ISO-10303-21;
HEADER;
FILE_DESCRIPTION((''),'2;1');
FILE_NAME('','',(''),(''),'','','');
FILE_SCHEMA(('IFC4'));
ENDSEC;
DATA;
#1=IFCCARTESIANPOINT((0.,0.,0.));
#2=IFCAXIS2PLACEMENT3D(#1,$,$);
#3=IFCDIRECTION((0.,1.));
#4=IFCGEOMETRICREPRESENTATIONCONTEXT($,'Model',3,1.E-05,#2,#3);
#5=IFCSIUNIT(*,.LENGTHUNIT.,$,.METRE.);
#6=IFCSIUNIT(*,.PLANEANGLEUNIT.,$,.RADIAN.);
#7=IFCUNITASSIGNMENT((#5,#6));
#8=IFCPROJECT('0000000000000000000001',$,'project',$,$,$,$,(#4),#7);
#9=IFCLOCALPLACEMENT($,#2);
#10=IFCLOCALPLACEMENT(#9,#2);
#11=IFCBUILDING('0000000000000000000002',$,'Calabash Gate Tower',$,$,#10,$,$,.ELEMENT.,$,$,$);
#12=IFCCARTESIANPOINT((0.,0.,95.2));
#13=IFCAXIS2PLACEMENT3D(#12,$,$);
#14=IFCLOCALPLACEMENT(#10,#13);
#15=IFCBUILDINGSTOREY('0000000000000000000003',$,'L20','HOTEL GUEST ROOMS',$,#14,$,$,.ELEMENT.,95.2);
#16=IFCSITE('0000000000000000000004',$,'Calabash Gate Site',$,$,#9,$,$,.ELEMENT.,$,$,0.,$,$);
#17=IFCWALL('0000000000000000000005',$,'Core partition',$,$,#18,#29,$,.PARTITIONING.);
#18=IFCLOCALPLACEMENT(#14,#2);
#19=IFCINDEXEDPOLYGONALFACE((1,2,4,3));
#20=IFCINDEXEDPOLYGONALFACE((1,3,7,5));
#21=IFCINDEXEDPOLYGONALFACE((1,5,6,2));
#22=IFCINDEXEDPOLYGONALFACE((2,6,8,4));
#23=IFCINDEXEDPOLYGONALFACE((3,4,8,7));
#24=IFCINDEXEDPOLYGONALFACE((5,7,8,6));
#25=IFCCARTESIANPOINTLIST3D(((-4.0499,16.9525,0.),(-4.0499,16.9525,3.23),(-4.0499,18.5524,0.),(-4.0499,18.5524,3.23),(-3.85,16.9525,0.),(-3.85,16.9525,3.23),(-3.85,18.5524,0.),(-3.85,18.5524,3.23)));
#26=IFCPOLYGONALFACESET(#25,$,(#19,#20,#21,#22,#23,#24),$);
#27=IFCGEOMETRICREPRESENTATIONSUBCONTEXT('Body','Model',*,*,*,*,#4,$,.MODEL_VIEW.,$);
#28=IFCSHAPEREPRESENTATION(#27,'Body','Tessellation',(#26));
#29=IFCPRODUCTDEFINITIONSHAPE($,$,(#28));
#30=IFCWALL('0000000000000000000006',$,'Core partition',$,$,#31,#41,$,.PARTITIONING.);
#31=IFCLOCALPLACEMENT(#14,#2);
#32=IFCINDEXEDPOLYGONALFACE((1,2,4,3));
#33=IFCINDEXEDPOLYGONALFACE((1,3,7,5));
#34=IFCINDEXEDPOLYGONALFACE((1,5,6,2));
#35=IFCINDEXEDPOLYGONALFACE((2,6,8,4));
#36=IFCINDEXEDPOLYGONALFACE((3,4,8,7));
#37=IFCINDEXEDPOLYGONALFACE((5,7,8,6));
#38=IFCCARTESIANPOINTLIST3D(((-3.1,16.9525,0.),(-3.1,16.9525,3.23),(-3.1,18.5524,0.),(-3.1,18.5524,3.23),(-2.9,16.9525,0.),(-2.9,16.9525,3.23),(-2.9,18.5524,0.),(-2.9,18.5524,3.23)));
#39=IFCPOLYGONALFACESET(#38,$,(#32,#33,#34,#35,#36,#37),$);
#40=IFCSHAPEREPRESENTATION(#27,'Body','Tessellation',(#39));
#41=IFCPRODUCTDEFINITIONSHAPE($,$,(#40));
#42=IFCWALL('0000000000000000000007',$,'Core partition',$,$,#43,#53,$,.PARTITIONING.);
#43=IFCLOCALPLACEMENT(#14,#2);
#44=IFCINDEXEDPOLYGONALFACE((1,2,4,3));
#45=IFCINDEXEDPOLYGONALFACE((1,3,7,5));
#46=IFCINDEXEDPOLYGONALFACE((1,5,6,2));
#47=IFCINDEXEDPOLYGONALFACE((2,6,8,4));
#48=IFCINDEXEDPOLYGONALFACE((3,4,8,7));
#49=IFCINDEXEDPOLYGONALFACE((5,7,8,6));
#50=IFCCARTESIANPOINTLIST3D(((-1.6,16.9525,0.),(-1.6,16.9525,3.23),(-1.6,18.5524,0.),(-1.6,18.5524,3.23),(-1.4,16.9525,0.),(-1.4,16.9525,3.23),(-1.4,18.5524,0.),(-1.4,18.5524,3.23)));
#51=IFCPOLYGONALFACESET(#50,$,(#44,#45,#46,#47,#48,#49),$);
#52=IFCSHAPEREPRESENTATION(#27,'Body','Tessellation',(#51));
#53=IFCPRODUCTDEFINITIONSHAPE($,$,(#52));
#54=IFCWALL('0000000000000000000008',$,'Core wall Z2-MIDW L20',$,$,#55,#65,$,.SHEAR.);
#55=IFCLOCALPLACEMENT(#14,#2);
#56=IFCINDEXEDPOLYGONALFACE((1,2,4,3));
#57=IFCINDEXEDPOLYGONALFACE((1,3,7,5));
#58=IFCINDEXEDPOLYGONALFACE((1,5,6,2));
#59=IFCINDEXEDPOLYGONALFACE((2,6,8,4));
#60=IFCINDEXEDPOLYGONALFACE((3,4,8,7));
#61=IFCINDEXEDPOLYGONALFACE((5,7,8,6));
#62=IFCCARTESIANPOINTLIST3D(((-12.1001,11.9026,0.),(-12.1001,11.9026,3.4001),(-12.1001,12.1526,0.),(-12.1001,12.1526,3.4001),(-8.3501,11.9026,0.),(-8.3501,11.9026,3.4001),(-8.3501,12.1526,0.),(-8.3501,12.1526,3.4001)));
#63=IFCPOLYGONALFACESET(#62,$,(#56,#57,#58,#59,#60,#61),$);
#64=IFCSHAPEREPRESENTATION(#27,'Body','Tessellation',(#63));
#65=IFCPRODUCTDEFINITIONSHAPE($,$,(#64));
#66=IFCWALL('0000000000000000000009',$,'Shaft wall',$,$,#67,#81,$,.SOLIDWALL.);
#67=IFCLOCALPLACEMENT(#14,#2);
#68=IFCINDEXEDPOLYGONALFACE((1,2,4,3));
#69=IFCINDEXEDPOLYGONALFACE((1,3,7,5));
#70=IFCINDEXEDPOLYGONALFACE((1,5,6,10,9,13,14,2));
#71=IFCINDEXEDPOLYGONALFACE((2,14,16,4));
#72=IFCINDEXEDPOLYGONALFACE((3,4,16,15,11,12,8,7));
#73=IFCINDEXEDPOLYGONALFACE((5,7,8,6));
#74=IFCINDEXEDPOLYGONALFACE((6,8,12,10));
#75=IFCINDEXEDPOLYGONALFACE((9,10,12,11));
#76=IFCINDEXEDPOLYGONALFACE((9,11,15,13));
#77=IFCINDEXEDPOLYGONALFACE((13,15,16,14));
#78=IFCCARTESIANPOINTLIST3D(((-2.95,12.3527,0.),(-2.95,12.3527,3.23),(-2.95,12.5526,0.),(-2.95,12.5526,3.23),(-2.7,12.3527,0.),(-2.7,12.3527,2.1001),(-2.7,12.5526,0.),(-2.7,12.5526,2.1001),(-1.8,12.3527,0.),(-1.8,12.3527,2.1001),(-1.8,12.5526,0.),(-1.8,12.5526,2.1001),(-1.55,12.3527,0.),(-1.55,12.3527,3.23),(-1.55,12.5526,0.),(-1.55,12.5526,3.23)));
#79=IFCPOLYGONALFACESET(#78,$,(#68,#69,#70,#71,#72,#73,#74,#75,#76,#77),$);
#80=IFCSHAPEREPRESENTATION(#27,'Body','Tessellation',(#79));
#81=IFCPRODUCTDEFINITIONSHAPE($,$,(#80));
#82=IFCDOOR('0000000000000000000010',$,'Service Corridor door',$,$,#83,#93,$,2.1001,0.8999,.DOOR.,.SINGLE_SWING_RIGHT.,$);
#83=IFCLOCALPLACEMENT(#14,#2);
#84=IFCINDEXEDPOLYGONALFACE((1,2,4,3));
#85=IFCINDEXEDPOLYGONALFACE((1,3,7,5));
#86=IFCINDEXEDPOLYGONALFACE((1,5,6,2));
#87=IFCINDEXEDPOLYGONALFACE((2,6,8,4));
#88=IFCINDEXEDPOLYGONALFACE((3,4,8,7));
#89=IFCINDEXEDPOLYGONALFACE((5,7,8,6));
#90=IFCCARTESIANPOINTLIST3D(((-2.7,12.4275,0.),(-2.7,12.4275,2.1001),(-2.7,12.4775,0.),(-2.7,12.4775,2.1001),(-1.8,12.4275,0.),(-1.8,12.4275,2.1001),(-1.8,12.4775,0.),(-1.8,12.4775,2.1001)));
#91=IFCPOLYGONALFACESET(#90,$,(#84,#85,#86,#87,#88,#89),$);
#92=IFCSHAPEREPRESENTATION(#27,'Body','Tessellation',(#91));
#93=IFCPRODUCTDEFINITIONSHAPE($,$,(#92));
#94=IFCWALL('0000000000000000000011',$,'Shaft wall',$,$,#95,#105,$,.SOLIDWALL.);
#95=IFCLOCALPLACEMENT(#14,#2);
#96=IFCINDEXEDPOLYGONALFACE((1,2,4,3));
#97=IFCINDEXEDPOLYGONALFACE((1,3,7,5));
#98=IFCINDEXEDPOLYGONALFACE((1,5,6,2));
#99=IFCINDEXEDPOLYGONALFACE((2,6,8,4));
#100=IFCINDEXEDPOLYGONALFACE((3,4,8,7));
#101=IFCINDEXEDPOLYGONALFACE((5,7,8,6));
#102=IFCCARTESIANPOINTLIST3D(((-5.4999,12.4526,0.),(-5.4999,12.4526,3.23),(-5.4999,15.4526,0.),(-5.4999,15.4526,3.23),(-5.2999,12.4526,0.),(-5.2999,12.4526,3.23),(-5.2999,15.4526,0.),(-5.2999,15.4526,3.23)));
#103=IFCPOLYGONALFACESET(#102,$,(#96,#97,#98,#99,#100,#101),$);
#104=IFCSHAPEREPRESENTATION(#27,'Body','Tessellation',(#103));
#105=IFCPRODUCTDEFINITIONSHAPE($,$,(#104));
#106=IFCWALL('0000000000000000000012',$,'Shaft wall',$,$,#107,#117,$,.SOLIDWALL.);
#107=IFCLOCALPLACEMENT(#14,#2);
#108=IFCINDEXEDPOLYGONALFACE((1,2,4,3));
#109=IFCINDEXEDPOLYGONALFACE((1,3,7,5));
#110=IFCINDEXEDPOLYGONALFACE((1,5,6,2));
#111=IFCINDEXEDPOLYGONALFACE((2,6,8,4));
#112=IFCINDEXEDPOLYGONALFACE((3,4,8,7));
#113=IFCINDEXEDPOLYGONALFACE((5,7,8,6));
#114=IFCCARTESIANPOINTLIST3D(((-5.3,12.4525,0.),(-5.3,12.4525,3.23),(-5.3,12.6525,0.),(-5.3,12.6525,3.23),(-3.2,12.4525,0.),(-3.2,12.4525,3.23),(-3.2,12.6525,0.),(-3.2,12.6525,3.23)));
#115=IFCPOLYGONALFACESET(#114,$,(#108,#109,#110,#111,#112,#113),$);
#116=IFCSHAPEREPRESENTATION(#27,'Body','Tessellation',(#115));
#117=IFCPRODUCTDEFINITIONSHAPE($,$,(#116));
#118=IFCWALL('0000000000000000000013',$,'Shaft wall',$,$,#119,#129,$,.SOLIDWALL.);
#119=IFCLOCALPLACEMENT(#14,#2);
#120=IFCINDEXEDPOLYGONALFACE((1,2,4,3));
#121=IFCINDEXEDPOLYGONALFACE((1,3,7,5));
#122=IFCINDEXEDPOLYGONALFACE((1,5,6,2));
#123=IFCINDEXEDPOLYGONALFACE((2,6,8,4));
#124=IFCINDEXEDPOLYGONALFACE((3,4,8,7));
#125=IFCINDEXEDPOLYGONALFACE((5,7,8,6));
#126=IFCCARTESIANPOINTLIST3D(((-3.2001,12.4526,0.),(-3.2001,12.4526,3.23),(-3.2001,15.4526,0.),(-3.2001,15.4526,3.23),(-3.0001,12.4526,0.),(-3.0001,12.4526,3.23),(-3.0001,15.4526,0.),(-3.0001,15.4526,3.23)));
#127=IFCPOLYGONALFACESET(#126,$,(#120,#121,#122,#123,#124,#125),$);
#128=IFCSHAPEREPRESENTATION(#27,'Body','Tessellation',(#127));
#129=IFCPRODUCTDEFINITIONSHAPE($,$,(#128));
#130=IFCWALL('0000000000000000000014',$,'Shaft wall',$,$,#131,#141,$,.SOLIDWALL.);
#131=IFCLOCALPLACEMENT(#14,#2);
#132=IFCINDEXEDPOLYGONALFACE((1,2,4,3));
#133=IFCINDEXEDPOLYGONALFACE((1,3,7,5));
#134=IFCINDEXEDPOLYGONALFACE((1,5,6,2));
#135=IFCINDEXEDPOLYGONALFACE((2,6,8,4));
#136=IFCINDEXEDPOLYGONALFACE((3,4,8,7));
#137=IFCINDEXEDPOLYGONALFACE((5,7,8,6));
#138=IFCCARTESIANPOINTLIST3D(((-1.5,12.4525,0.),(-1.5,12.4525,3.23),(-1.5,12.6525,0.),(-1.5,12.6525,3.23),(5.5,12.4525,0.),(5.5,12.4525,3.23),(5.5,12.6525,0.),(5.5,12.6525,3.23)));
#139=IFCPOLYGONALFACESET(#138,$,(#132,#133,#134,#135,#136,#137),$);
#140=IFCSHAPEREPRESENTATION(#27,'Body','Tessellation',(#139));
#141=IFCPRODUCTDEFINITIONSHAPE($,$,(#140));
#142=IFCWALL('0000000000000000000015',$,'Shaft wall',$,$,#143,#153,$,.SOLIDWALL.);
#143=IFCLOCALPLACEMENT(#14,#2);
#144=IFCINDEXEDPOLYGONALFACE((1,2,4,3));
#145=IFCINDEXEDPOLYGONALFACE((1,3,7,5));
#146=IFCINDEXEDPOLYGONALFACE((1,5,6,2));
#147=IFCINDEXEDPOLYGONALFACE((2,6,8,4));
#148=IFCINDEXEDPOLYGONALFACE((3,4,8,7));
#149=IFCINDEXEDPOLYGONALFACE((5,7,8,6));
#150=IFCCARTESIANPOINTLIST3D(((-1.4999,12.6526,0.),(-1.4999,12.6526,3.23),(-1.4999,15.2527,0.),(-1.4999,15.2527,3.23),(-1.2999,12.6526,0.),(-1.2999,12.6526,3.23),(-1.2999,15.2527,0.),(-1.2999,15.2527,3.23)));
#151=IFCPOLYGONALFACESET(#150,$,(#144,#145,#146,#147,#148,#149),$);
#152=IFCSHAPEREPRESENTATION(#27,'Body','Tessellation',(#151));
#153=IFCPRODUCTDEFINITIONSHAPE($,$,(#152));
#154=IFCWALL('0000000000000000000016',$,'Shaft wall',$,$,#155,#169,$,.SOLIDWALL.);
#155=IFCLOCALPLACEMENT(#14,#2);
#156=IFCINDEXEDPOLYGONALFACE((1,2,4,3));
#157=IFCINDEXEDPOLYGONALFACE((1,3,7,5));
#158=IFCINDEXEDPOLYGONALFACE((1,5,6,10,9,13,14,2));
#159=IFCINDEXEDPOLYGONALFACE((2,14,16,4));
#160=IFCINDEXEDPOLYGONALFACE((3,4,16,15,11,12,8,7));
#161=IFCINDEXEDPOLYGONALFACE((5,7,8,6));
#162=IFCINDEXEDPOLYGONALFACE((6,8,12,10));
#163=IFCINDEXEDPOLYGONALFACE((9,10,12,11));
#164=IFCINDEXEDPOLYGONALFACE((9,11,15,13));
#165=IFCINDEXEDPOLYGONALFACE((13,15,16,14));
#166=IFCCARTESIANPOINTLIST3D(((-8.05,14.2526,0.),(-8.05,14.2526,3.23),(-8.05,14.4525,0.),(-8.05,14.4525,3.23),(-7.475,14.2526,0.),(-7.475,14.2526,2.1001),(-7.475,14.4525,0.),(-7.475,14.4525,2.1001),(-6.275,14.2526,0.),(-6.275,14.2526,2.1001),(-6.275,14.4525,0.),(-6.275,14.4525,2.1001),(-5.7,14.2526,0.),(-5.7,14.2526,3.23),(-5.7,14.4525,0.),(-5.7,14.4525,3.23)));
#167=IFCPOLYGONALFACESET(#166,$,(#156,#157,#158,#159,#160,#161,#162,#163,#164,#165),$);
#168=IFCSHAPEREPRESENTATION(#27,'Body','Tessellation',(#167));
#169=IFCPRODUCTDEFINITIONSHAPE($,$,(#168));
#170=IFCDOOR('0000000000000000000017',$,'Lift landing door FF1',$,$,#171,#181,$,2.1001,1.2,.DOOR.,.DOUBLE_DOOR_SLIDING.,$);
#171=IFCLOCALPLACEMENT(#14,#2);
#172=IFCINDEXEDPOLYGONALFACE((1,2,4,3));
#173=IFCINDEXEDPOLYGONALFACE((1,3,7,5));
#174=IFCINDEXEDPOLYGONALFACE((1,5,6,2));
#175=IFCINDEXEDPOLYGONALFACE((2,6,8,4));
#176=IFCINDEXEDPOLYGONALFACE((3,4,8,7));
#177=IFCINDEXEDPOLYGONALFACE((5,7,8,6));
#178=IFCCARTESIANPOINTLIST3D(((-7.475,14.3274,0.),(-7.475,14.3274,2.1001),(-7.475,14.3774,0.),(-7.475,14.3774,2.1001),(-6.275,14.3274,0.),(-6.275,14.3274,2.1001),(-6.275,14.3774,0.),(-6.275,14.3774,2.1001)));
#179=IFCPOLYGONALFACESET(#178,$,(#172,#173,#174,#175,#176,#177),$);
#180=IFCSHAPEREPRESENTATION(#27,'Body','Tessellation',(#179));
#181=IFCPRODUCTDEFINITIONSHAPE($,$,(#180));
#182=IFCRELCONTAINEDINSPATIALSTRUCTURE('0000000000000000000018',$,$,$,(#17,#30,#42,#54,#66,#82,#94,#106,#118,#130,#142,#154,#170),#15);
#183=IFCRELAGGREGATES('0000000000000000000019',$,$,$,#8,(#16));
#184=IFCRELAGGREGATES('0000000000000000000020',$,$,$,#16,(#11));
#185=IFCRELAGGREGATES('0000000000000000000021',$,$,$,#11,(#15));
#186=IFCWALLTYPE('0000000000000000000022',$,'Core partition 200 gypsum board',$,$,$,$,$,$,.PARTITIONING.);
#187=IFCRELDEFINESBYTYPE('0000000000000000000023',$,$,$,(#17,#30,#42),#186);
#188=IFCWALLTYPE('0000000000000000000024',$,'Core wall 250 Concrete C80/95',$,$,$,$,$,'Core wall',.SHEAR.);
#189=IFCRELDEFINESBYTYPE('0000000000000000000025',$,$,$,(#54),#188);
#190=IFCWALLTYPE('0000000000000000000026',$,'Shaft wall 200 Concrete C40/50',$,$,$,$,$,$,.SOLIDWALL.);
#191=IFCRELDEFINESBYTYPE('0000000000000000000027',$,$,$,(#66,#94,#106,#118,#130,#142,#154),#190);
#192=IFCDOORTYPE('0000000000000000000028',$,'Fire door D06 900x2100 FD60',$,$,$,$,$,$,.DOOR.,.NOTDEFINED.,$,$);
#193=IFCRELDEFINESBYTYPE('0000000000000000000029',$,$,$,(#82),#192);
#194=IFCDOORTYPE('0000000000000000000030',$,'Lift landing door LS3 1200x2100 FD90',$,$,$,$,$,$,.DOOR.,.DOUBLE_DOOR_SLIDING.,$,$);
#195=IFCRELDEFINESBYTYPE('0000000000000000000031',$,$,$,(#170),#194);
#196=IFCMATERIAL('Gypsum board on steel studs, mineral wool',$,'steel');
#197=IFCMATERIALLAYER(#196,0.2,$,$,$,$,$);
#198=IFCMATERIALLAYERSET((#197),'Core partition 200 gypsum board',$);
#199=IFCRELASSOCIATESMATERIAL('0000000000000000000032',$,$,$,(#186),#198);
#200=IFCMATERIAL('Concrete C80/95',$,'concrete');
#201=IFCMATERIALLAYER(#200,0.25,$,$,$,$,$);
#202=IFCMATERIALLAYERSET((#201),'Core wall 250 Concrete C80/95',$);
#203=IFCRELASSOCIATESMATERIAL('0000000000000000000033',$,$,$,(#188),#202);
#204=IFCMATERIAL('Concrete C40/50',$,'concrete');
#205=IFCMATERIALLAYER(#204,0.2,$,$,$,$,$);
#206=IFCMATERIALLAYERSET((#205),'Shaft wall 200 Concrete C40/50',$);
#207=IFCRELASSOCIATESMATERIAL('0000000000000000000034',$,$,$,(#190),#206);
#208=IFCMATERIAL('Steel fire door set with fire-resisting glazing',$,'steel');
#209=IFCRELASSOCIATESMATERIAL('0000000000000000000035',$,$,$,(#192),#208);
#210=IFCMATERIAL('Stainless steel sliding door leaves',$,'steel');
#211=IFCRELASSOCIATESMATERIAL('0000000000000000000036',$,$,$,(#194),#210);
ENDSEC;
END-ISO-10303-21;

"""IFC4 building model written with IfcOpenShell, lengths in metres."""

from ifc_helpers import new_model, si_unit, direction, frame, frame_2d, origin, place, context, subcontext, project, spatial, rectangle, extrude, material, layer, layer_set, type_object, element, fill, save


model = new_model("IFC4")

# Units and contexts
model_context = context("Model", 3, precision=1e-05, world=origin(), true_north=direction((0.0, 1.0)))
body_context = subcontext(model_context, "Body", "Model", "MODEL_VIEW")
ifc_project = project(units=[si_unit("LENGTHUNIT", "METRE"), si_unit("PLANEANGLEUNIT", "RADIAN")], contexts=[model_context])

# Site, building, storey
site_placement = place(None, origin())
site = spatial("IfcSite", under=ifc_project, at=site_placement, Name="Calabash Gate Site", CompositionType="ELEMENT", RefElevation=0.0)
building_placement = place(site_placement, origin())
building = spatial("IfcBuilding", under=site, at=building_placement, Name="Calabash Gate Tower", CompositionType="ELEMENT")
storey_placement = place(building_placement, frame((0.0, 0.0, 95.2)))
storey = spatial("IfcBuildingStorey", under=building, at=storey_placement, Name="L20", Description="HOTEL GUEST ROOMS", CompositionType="ELEMENT", Elevation=95.2)

# Walls
ifc_material_1 = material(Name="Gypsum board on steel studs, mineral wool", Category="steel")
ifc_layer_1 = layer(ifc_material_1, 0.2)
ifc_layer_set_1 = layer_set([ifc_layer_1], Name="Core partition 200 gypsum board")
wall_type_1 = type_object("IfcWallType", Name="Core partition 200 gypsum board", PredefinedType="PARTITIONING", material=ifc_layer_set_1)
for number, where, z_axis, x_axis, name in (
    (1, (-3.95, 16.9526, 0.0), (0.0, 0.0, 1.0), (0.0, 1.0, 0.0), "Core partition"),
    (2, (-3.0, 16.9526, 0.0), (0.0, 0.0, 1.0), (0.0, 1.0, 0.0), "Core partition"),
    (3, (-1.5, 16.9526, 0.0), (0.0, 0.0, 1.0), (0.0, 1.0, 0.0), "Core partition"),
):
    element("IfcWall", number, at=place(storey_placement, frame(where, z_axis=z_axis, x_axis=x_axis)), inside=storey, type_object=wall_type_1, Name=name, PredefinedType="PARTITIONING", context=body_context, shape_type="SweptSolid", body=[
        extrude(rectangle(XDim=1.5999, YDim=0.2, at=frame_2d((0.7998, 0.0))), origin(), (0.0, 0.0, 1.0), 3.23),
    ])
ifc_material_2 = material(Name="Concrete C80/95", Category="concrete")
ifc_layer_2 = layer(ifc_material_2, 0.25)
ifc_layer_set_2 = layer_set([ifc_layer_2], Name="Core wall 250 Concrete C80/95")
wall_type_2 = type_object("IfcWallType", Name="Core wall 250 Concrete C80/95", ElementType="Core wall", PredefinedType="SHEAR", material=ifc_layer_set_2)
wall_1_placement = place(storey_placement, frame((-12.1001, 12.0276, 0.0), z_axis=(0.0, 0.0, 1.0), x_axis=(1.0, 0.0, 0.0)))
element("IfcWall", 4, at=wall_1_placement, inside=storey, type_object=wall_type_2, Name="Core wall Z2-MIDW L20", PredefinedType="SHEAR", context=body_context, shape_type="SweptSolid", body=[
    extrude(rectangle(XDim=3.75, YDim=0.25, at=frame_2d((1.875, 0.0))), origin(), (0.0, 0.0, 1.0), 3.4001),
])

# Wall, opening, door
ifc_material_3 = material(Name="Concrete C40/50", Category="concrete")
ifc_layer_3 = layer(ifc_material_3, 0.2)
ifc_layer_set_3 = layer_set([ifc_layer_3], Name="Shaft wall 200 Concrete C40/50")
wall_type_3 = type_object("IfcWallType", Name="Shaft wall 200 Concrete C40/50", PredefinedType="SOLIDWALL", material=ifc_layer_set_3)
wall_2_placement = place(storey_placement, frame((-2.95, 12.4526, 0.0), z_axis=(0.0, 0.0, 1.0), x_axis=(1.0, 0.0, 0.0)))
wall_2 = element("IfcWall", 5, at=wall_2_placement, inside=storey, type_object=wall_type_3, Name="Shaft wall", PredefinedType="SOLIDWALL", context=body_context, shape_type="SweptSolid", body=[
    extrude(rectangle(XDim=1.3999, YDim=0.2, at=frame_2d((0.7, 0.0))), origin(), (0.0, 0.0, 1.0), 3.23),
])
opening_1_placement = place(wall_2_placement, frame((0.25, 0.0, 0.0)))
opening_1 = element("IfcOpeningElement", 6, at=opening_1_placement, cuts=wall_2, PredefinedType="OPENING", context=body_context, shape_type="SweptSolid", body=[
    extrude(rectangle(XDim=0.8999, YDim=2.1001, at=frame_2d((0.45, 1.05))), frame((0.0, 0.1099, 0.0), z_axis=(0.0, -1.0, 0.0), x_axis=(1.0, 0.0, 0.0)), (0.0, 0.0, 1.0), 0.22),
])
ifc_material_4 = material(Name="Steel fire door set with fire-resisting glazing", Category="steel")
door_type_1 = type_object("IfcDoorType", Name="Fire door D06 900x2100 FD60", OperationType="NOTDEFINED", PredefinedType="DOOR", material=ifc_material_4)
door_1_placement = place(opening_1_placement, origin())
door_1 = element("IfcDoor", 7, at=door_1_placement, inside=storey, type_object=door_type_1, Name="Service Corridor door", OperationType="SINGLE_SWING_RIGHT", OverallHeight=2.1001, OverallWidth=0.8999, PredefinedType="DOOR", context=body_context, shape_type="SweptSolid", body=[
    extrude(rectangle(XDim=0.8999, YDim=2.1001, at=frame_2d((0.45, 1.05))), frame((0.0, 0.0249, 0.0), z_axis=(0.0, -1.0, 0.0), x_axis=(1.0, 0.0, 0.0)), (0.0, 0.0, 1.0), 0.05),
])
fill(opening_1, door_1)

# Walls
wall_3_placement = place(storey_placement, frame((-5.3999, 12.4526, 0.0), z_axis=(0.0, 0.0, 1.0), x_axis=(0.0, 1.0, 0.0)))
element("IfcWall", 8, at=wall_3_placement, inside=storey, type_object=wall_type_3, Name="Shaft wall", PredefinedType="SOLIDWALL", context=body_context, shape_type="SweptSolid", body=[
    extrude(rectangle(XDim=3.0, YDim=0.2, at=frame_2d((1.5, 0.0))), origin(), (0.0, 0.0, 1.0), 3.23),
])
wall_4_placement = place(storey_placement, frame((-5.3, 12.5525, 0.0), z_axis=(0.0, 0.0, 1.0), x_axis=(1.0, 0.0, 0.0)))
element("IfcWall", 9, at=wall_4_placement, inside=storey, type_object=wall_type_3, Name="Shaft wall", PredefinedType="SOLIDWALL", context=body_context, shape_type="SweptSolid", body=[
    extrude(rectangle(XDim=2.1001, YDim=0.2, at=frame_2d((1.05, 0.0))), origin(), (0.0, 0.0, 1.0), 3.23),
])
wall_5_placement = place(storey_placement, frame((-3.1001, 12.4526, 0.0), z_axis=(0.0, 0.0, 1.0), x_axis=(0.0, 1.0, 0.0)))
element("IfcWall", 10, at=wall_5_placement, inside=storey, type_object=wall_type_3, Name="Shaft wall", PredefinedType="SOLIDWALL", context=body_context, shape_type="SweptSolid", body=[
    extrude(rectangle(XDim=3.0, YDim=0.2, at=frame_2d((1.5, 0.0))), origin(), (0.0, 0.0, 1.0), 3.23),
])
wall_6_placement = place(storey_placement, frame((-1.5, 12.5525, 0.0), z_axis=(0.0, 0.0, 1.0), x_axis=(1.0, 0.0, 0.0)))
element("IfcWall", 11, at=wall_6_placement, inside=storey, type_object=wall_type_3, Name="Shaft wall", PredefinedType="SOLIDWALL", context=body_context, shape_type="SweptSolid", body=[
    extrude(rectangle(XDim=7.0, YDim=0.2, at=frame_2d((3.5, 0.0))), origin(), (0.0, 0.0, 1.0), 3.23),
])
wall_7_placement = place(storey_placement, frame((-1.3999, 12.6526, 0.0), z_axis=(0.0, 0.0, 1.0), x_axis=(0.0, 1.0, 0.0)))
element("IfcWall", 12, at=wall_7_placement, inside=storey, type_object=wall_type_3, Name="Shaft wall", PredefinedType="SOLIDWALL", context=body_context, shape_type="SweptSolid", body=[
    extrude(rectangle(XDim=2.6001, YDim=0.2, at=frame_2d((1.3, 0.0))), origin(), (0.0, 0.0, 1.0), 3.23),
])

# Wall, opening, door
wall_8_placement = place(storey_placement, frame((-8.05, 14.3525, 0.0), z_axis=(0.0, 0.0, 1.0), x_axis=(1.0, 0.0, 0.0)))
wall_8 = element("IfcWall", 13, at=wall_8_placement, inside=storey, type_object=wall_type_3, Name="Shaft wall", PredefinedType="SOLIDWALL", context=body_context, shape_type="SweptSolid", body=[
    extrude(rectangle(XDim=2.3501, YDim=0.2, at=frame_2d((1.175, 0.0))), origin(), (0.0, 0.0, 1.0), 3.23),
])
opening_2_placement = place(wall_8_placement, frame((0.575, 0.0, 0.0)))
opening_2 = element("IfcOpeningElement", 14, at=opening_2_placement, cuts=wall_8, PredefinedType="OPENING", context=body_context, shape_type="SweptSolid", body=[
    extrude(rectangle(XDim=1.2, YDim=2.1001, at=frame_2d((0.6001, 1.05))), frame((0.0, 0.1099, 0.0), z_axis=(0.0, -1.0, 0.0), x_axis=(1.0, 0.0, 0.0)), (0.0, 0.0, 1.0), 0.22),
])
ifc_material_5 = material(Name="Stainless steel sliding door leaves", Category="steel")
door_type_2 = type_object("IfcDoorType", Name="Lift landing door LS3 1200x2100 FD90", OperationType="DOUBLE_DOOR_SLIDING", PredefinedType="DOOR", material=ifc_material_5)
door_2_placement = place(opening_2_placement, origin())
door_2 = element("IfcDoor", 15, at=door_2_placement, inside=storey, type_object=door_type_2, Name="Lift landing door FF1", OperationType="DOUBLE_DOOR_SLIDING", OverallHeight=2.1001, OverallWidth=1.2, PredefinedType="DOOR", context=body_context, shape_type="SweptSolid", body=[
    extrude(rectangle(XDim=1.2, YDim=2.1001, at=frame_2d((0.6001, 1.05))), frame((0.0, 0.0249, 0.0), z_axis=(0.0, -1.0, 0.0), x_axis=(1.0, 0.0, 0.0)), (0.0, 0.0, 1.0), 0.05),
])
fill(opening_2, door_2)

save(model, "model.ifc")
